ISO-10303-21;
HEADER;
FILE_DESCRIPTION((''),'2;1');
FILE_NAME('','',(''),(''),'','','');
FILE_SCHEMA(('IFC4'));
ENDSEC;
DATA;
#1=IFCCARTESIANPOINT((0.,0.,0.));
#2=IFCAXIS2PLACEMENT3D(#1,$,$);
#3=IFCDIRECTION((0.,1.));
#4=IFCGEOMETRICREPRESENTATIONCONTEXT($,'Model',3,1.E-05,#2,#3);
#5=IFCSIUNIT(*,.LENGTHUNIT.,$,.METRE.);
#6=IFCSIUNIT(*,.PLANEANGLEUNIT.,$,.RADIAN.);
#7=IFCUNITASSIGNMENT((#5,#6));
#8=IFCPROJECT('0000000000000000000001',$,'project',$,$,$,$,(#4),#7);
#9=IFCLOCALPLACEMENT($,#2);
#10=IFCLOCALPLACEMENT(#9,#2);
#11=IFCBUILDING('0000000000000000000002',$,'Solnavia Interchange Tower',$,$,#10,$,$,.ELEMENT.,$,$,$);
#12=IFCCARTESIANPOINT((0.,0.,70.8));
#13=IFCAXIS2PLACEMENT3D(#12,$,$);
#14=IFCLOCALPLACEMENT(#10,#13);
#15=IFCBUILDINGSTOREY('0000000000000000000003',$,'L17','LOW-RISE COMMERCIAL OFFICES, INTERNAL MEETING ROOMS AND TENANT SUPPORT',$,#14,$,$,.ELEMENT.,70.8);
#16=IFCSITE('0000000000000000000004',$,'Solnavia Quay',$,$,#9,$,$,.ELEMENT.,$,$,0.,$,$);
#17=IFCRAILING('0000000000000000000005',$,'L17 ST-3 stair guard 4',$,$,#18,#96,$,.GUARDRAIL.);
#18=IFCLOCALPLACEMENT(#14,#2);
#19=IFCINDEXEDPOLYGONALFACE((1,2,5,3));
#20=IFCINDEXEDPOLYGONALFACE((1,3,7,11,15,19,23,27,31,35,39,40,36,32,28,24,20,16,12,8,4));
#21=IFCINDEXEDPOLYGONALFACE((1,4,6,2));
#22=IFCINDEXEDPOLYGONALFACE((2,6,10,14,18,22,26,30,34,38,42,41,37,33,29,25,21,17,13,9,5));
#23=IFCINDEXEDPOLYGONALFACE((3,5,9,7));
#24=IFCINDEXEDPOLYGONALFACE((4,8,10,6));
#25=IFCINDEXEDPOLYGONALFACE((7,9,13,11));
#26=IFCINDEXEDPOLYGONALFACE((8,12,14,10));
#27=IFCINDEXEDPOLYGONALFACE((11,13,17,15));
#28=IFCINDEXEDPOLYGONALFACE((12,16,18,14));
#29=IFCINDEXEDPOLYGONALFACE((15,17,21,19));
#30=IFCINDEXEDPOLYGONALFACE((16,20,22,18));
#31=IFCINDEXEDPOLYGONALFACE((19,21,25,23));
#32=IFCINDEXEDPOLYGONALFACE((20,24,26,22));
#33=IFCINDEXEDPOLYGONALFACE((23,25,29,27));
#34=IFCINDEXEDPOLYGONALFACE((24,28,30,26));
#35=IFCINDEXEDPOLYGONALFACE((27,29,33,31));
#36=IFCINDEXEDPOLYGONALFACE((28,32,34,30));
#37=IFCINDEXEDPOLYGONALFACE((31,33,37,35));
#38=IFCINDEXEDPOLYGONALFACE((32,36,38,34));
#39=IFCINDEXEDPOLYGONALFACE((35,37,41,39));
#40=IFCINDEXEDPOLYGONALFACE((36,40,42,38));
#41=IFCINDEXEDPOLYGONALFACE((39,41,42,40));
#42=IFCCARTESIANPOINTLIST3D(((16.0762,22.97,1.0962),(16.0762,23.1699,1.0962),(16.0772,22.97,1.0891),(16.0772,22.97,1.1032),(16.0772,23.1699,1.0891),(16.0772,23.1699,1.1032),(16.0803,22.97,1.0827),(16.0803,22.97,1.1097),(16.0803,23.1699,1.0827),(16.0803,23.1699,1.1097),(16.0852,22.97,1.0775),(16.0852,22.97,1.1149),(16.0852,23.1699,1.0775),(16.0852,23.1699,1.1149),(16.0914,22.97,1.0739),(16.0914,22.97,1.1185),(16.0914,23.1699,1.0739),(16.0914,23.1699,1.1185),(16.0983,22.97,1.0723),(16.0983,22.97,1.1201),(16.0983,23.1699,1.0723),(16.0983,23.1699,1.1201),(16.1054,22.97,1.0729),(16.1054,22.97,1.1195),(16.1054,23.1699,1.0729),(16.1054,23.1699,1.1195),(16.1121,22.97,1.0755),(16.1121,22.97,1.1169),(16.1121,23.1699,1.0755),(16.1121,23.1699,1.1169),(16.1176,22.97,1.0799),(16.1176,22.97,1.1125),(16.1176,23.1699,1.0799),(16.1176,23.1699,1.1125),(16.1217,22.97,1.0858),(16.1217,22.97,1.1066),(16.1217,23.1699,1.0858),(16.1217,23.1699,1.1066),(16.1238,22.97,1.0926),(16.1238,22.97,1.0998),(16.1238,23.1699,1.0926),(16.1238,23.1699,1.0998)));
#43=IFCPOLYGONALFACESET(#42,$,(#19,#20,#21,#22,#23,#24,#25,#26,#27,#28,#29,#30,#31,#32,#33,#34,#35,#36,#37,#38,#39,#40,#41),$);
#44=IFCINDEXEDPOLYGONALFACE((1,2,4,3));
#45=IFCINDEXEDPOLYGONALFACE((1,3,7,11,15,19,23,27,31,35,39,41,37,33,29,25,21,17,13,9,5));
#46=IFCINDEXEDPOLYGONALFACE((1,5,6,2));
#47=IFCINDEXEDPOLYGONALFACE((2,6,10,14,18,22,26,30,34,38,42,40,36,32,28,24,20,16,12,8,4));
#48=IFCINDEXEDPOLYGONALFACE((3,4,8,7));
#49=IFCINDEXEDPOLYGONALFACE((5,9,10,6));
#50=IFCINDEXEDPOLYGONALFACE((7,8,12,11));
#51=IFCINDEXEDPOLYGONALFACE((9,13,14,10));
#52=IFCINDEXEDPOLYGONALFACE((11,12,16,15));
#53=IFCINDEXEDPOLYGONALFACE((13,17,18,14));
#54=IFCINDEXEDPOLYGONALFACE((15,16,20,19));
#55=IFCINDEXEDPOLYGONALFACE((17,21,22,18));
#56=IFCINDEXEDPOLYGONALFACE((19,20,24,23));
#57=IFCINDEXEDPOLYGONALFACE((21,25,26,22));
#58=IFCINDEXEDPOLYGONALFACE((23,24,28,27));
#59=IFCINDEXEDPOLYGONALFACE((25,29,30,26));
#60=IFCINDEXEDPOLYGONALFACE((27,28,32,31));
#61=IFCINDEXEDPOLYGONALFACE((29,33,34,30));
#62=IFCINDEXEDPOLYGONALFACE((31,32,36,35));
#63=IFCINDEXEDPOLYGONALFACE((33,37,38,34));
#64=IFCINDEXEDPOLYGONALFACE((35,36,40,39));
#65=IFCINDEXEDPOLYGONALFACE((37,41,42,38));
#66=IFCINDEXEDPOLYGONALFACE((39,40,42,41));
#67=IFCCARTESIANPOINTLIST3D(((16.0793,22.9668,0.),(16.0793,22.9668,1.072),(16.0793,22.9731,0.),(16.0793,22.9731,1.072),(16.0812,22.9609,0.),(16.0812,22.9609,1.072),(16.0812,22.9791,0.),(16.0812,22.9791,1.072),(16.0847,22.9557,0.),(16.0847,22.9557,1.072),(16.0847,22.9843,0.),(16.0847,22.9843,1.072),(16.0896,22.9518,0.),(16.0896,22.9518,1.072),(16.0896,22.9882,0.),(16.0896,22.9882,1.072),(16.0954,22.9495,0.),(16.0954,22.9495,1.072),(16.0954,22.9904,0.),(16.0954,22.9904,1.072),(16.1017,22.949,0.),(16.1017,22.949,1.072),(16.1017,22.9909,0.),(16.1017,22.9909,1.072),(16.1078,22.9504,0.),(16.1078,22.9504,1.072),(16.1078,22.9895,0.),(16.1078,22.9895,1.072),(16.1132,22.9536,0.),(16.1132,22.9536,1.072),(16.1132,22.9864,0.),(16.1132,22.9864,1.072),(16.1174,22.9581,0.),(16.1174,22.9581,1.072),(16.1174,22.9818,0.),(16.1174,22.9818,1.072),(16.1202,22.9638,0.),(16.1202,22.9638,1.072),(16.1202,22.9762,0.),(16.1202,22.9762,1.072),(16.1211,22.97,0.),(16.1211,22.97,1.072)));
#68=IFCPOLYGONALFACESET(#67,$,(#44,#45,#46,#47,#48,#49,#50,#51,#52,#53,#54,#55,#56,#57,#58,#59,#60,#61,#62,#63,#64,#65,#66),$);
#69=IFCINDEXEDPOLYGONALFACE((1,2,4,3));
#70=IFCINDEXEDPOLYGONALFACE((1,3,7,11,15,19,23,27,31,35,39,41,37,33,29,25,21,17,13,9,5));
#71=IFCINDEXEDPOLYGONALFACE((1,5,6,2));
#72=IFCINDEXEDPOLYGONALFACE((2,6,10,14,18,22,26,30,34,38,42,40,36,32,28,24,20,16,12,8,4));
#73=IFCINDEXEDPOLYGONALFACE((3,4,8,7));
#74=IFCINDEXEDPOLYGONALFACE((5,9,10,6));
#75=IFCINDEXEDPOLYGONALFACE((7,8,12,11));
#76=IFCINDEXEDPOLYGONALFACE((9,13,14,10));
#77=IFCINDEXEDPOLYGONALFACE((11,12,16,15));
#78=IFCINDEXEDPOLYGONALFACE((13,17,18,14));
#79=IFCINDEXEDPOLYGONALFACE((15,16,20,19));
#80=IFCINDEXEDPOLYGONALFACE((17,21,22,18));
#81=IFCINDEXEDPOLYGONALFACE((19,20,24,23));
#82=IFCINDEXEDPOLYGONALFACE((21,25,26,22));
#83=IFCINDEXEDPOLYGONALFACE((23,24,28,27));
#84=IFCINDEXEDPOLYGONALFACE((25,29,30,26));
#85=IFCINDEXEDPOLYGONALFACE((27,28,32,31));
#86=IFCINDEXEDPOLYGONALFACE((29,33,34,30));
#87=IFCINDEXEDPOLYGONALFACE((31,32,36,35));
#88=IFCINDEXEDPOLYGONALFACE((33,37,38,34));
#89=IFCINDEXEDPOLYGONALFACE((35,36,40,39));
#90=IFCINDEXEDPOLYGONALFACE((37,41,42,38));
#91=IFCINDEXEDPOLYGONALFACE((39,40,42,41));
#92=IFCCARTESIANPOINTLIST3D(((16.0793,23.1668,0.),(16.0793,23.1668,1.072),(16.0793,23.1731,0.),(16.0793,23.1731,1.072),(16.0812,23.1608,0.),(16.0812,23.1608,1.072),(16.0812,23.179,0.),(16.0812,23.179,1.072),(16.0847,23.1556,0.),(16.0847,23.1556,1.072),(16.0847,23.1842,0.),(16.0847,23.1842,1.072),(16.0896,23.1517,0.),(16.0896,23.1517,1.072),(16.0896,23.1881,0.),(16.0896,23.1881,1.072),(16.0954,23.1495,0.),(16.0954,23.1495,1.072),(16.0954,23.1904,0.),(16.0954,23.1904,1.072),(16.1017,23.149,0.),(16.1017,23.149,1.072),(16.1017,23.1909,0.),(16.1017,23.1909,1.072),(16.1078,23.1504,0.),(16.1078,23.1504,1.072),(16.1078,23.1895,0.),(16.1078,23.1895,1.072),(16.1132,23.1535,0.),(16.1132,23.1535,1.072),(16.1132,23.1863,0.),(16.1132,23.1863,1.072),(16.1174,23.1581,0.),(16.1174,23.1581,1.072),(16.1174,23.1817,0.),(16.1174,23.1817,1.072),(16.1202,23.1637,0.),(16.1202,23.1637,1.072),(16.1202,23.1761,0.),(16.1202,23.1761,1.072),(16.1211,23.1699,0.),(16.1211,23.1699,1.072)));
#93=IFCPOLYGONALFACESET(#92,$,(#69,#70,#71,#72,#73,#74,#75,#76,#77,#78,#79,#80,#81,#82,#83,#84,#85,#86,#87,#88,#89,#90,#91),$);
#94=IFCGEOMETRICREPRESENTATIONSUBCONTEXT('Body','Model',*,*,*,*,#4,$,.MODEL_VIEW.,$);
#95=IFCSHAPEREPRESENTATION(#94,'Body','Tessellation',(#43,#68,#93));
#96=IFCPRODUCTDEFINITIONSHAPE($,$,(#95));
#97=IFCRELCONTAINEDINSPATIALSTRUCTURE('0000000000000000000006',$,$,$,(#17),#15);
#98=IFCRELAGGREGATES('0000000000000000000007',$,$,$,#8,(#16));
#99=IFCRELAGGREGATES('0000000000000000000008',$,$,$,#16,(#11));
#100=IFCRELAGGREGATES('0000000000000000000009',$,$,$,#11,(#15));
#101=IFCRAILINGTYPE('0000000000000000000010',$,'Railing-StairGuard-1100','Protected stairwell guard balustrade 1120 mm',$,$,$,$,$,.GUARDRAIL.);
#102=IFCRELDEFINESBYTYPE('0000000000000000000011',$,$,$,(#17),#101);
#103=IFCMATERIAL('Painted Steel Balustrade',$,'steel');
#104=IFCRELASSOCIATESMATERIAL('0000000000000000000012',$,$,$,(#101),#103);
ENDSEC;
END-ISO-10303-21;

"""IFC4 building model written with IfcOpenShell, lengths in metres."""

from ifc_helpers import new_model, si_unit, direction, frame, origin, origin_2d, place, context, subcontext, project, spatial, circle, extrude, material, type_object, element, save


model = new_model("IFC4")

# Units and contexts
model_context = context("Model", 3, precision=1e-05, world=origin(), true_north=direction((0.0, 1.0)))
body_context = subcontext(model_context, "Body", "Model", "MODEL_VIEW")
ifc_project = project(units=[si_unit("LENGTHUNIT", "METRE"), si_unit("PLANEANGLEUNIT", "RADIAN")], contexts=[model_context])

# Site, building, storey
site_placement = place(None, origin())
site = spatial("IfcSite", under=ifc_project, at=site_placement, Name="Solnavia Quay", CompositionType="ELEMENT", RefElevation=0.0)
building_placement = place(site_placement, origin())
building = spatial("IfcBuilding", under=site, at=building_placement, Name="Solnavia Interchange Tower", CompositionType="ELEMENT")
storey_placement = place(building_placement, frame((0.0, 0.0, 70.8)))
storey = spatial("IfcBuildingStorey", under=building, at=storey_placement, Name="L17", Description="LOW-RISE COMMERCIAL OFFICES, INTERNAL MEETING ROOMS AND TENANT SUPPORT", CompositionType="ELEMENT", Elevation=70.8)

# Railing
ifc_material_1 = material(Name="Painted Steel Balustrade", Category="steel")
railing_type_1 = type_object("IfcRailingType", Name="Railing-StairGuard-1100", Description="Protected stairwell guard balustrade 1120 mm", PredefinedType="GUARDRAIL", material=ifc_material_1)
railing_1_placement = place(storey_placement, frame((16.1001, 22.97, 0.0)))
element("IfcRailing", 1, at=railing_1_placement, inside=storey, type_object=railing_type_1, Name="L17 ST-3 stair guard 4", PredefinedType="GUARDRAIL", context=body_context, shape_type="SweptSolid", body=[
    extrude(circle(Radius=0.0239, at=origin_2d()), frame((0.0, 0.0, 1.0962), z_axis=(0.0, 1.0, 0.0), x_axis=(-1.0, 0.0, 0.0)), (0.0, 0.0, 1.0), 0.2),
    extrude(circle(Radius=0.021, at=origin_2d()), origin(), (0.0, 0.0, 1.0), 1.072),
    extrude(circle(Radius=0.021, at=origin_2d()), frame((0.0, 0.2, 0.0)), (0.0, 0.0, 1.0), 1.072),
])

save(model, "model.ifc")
